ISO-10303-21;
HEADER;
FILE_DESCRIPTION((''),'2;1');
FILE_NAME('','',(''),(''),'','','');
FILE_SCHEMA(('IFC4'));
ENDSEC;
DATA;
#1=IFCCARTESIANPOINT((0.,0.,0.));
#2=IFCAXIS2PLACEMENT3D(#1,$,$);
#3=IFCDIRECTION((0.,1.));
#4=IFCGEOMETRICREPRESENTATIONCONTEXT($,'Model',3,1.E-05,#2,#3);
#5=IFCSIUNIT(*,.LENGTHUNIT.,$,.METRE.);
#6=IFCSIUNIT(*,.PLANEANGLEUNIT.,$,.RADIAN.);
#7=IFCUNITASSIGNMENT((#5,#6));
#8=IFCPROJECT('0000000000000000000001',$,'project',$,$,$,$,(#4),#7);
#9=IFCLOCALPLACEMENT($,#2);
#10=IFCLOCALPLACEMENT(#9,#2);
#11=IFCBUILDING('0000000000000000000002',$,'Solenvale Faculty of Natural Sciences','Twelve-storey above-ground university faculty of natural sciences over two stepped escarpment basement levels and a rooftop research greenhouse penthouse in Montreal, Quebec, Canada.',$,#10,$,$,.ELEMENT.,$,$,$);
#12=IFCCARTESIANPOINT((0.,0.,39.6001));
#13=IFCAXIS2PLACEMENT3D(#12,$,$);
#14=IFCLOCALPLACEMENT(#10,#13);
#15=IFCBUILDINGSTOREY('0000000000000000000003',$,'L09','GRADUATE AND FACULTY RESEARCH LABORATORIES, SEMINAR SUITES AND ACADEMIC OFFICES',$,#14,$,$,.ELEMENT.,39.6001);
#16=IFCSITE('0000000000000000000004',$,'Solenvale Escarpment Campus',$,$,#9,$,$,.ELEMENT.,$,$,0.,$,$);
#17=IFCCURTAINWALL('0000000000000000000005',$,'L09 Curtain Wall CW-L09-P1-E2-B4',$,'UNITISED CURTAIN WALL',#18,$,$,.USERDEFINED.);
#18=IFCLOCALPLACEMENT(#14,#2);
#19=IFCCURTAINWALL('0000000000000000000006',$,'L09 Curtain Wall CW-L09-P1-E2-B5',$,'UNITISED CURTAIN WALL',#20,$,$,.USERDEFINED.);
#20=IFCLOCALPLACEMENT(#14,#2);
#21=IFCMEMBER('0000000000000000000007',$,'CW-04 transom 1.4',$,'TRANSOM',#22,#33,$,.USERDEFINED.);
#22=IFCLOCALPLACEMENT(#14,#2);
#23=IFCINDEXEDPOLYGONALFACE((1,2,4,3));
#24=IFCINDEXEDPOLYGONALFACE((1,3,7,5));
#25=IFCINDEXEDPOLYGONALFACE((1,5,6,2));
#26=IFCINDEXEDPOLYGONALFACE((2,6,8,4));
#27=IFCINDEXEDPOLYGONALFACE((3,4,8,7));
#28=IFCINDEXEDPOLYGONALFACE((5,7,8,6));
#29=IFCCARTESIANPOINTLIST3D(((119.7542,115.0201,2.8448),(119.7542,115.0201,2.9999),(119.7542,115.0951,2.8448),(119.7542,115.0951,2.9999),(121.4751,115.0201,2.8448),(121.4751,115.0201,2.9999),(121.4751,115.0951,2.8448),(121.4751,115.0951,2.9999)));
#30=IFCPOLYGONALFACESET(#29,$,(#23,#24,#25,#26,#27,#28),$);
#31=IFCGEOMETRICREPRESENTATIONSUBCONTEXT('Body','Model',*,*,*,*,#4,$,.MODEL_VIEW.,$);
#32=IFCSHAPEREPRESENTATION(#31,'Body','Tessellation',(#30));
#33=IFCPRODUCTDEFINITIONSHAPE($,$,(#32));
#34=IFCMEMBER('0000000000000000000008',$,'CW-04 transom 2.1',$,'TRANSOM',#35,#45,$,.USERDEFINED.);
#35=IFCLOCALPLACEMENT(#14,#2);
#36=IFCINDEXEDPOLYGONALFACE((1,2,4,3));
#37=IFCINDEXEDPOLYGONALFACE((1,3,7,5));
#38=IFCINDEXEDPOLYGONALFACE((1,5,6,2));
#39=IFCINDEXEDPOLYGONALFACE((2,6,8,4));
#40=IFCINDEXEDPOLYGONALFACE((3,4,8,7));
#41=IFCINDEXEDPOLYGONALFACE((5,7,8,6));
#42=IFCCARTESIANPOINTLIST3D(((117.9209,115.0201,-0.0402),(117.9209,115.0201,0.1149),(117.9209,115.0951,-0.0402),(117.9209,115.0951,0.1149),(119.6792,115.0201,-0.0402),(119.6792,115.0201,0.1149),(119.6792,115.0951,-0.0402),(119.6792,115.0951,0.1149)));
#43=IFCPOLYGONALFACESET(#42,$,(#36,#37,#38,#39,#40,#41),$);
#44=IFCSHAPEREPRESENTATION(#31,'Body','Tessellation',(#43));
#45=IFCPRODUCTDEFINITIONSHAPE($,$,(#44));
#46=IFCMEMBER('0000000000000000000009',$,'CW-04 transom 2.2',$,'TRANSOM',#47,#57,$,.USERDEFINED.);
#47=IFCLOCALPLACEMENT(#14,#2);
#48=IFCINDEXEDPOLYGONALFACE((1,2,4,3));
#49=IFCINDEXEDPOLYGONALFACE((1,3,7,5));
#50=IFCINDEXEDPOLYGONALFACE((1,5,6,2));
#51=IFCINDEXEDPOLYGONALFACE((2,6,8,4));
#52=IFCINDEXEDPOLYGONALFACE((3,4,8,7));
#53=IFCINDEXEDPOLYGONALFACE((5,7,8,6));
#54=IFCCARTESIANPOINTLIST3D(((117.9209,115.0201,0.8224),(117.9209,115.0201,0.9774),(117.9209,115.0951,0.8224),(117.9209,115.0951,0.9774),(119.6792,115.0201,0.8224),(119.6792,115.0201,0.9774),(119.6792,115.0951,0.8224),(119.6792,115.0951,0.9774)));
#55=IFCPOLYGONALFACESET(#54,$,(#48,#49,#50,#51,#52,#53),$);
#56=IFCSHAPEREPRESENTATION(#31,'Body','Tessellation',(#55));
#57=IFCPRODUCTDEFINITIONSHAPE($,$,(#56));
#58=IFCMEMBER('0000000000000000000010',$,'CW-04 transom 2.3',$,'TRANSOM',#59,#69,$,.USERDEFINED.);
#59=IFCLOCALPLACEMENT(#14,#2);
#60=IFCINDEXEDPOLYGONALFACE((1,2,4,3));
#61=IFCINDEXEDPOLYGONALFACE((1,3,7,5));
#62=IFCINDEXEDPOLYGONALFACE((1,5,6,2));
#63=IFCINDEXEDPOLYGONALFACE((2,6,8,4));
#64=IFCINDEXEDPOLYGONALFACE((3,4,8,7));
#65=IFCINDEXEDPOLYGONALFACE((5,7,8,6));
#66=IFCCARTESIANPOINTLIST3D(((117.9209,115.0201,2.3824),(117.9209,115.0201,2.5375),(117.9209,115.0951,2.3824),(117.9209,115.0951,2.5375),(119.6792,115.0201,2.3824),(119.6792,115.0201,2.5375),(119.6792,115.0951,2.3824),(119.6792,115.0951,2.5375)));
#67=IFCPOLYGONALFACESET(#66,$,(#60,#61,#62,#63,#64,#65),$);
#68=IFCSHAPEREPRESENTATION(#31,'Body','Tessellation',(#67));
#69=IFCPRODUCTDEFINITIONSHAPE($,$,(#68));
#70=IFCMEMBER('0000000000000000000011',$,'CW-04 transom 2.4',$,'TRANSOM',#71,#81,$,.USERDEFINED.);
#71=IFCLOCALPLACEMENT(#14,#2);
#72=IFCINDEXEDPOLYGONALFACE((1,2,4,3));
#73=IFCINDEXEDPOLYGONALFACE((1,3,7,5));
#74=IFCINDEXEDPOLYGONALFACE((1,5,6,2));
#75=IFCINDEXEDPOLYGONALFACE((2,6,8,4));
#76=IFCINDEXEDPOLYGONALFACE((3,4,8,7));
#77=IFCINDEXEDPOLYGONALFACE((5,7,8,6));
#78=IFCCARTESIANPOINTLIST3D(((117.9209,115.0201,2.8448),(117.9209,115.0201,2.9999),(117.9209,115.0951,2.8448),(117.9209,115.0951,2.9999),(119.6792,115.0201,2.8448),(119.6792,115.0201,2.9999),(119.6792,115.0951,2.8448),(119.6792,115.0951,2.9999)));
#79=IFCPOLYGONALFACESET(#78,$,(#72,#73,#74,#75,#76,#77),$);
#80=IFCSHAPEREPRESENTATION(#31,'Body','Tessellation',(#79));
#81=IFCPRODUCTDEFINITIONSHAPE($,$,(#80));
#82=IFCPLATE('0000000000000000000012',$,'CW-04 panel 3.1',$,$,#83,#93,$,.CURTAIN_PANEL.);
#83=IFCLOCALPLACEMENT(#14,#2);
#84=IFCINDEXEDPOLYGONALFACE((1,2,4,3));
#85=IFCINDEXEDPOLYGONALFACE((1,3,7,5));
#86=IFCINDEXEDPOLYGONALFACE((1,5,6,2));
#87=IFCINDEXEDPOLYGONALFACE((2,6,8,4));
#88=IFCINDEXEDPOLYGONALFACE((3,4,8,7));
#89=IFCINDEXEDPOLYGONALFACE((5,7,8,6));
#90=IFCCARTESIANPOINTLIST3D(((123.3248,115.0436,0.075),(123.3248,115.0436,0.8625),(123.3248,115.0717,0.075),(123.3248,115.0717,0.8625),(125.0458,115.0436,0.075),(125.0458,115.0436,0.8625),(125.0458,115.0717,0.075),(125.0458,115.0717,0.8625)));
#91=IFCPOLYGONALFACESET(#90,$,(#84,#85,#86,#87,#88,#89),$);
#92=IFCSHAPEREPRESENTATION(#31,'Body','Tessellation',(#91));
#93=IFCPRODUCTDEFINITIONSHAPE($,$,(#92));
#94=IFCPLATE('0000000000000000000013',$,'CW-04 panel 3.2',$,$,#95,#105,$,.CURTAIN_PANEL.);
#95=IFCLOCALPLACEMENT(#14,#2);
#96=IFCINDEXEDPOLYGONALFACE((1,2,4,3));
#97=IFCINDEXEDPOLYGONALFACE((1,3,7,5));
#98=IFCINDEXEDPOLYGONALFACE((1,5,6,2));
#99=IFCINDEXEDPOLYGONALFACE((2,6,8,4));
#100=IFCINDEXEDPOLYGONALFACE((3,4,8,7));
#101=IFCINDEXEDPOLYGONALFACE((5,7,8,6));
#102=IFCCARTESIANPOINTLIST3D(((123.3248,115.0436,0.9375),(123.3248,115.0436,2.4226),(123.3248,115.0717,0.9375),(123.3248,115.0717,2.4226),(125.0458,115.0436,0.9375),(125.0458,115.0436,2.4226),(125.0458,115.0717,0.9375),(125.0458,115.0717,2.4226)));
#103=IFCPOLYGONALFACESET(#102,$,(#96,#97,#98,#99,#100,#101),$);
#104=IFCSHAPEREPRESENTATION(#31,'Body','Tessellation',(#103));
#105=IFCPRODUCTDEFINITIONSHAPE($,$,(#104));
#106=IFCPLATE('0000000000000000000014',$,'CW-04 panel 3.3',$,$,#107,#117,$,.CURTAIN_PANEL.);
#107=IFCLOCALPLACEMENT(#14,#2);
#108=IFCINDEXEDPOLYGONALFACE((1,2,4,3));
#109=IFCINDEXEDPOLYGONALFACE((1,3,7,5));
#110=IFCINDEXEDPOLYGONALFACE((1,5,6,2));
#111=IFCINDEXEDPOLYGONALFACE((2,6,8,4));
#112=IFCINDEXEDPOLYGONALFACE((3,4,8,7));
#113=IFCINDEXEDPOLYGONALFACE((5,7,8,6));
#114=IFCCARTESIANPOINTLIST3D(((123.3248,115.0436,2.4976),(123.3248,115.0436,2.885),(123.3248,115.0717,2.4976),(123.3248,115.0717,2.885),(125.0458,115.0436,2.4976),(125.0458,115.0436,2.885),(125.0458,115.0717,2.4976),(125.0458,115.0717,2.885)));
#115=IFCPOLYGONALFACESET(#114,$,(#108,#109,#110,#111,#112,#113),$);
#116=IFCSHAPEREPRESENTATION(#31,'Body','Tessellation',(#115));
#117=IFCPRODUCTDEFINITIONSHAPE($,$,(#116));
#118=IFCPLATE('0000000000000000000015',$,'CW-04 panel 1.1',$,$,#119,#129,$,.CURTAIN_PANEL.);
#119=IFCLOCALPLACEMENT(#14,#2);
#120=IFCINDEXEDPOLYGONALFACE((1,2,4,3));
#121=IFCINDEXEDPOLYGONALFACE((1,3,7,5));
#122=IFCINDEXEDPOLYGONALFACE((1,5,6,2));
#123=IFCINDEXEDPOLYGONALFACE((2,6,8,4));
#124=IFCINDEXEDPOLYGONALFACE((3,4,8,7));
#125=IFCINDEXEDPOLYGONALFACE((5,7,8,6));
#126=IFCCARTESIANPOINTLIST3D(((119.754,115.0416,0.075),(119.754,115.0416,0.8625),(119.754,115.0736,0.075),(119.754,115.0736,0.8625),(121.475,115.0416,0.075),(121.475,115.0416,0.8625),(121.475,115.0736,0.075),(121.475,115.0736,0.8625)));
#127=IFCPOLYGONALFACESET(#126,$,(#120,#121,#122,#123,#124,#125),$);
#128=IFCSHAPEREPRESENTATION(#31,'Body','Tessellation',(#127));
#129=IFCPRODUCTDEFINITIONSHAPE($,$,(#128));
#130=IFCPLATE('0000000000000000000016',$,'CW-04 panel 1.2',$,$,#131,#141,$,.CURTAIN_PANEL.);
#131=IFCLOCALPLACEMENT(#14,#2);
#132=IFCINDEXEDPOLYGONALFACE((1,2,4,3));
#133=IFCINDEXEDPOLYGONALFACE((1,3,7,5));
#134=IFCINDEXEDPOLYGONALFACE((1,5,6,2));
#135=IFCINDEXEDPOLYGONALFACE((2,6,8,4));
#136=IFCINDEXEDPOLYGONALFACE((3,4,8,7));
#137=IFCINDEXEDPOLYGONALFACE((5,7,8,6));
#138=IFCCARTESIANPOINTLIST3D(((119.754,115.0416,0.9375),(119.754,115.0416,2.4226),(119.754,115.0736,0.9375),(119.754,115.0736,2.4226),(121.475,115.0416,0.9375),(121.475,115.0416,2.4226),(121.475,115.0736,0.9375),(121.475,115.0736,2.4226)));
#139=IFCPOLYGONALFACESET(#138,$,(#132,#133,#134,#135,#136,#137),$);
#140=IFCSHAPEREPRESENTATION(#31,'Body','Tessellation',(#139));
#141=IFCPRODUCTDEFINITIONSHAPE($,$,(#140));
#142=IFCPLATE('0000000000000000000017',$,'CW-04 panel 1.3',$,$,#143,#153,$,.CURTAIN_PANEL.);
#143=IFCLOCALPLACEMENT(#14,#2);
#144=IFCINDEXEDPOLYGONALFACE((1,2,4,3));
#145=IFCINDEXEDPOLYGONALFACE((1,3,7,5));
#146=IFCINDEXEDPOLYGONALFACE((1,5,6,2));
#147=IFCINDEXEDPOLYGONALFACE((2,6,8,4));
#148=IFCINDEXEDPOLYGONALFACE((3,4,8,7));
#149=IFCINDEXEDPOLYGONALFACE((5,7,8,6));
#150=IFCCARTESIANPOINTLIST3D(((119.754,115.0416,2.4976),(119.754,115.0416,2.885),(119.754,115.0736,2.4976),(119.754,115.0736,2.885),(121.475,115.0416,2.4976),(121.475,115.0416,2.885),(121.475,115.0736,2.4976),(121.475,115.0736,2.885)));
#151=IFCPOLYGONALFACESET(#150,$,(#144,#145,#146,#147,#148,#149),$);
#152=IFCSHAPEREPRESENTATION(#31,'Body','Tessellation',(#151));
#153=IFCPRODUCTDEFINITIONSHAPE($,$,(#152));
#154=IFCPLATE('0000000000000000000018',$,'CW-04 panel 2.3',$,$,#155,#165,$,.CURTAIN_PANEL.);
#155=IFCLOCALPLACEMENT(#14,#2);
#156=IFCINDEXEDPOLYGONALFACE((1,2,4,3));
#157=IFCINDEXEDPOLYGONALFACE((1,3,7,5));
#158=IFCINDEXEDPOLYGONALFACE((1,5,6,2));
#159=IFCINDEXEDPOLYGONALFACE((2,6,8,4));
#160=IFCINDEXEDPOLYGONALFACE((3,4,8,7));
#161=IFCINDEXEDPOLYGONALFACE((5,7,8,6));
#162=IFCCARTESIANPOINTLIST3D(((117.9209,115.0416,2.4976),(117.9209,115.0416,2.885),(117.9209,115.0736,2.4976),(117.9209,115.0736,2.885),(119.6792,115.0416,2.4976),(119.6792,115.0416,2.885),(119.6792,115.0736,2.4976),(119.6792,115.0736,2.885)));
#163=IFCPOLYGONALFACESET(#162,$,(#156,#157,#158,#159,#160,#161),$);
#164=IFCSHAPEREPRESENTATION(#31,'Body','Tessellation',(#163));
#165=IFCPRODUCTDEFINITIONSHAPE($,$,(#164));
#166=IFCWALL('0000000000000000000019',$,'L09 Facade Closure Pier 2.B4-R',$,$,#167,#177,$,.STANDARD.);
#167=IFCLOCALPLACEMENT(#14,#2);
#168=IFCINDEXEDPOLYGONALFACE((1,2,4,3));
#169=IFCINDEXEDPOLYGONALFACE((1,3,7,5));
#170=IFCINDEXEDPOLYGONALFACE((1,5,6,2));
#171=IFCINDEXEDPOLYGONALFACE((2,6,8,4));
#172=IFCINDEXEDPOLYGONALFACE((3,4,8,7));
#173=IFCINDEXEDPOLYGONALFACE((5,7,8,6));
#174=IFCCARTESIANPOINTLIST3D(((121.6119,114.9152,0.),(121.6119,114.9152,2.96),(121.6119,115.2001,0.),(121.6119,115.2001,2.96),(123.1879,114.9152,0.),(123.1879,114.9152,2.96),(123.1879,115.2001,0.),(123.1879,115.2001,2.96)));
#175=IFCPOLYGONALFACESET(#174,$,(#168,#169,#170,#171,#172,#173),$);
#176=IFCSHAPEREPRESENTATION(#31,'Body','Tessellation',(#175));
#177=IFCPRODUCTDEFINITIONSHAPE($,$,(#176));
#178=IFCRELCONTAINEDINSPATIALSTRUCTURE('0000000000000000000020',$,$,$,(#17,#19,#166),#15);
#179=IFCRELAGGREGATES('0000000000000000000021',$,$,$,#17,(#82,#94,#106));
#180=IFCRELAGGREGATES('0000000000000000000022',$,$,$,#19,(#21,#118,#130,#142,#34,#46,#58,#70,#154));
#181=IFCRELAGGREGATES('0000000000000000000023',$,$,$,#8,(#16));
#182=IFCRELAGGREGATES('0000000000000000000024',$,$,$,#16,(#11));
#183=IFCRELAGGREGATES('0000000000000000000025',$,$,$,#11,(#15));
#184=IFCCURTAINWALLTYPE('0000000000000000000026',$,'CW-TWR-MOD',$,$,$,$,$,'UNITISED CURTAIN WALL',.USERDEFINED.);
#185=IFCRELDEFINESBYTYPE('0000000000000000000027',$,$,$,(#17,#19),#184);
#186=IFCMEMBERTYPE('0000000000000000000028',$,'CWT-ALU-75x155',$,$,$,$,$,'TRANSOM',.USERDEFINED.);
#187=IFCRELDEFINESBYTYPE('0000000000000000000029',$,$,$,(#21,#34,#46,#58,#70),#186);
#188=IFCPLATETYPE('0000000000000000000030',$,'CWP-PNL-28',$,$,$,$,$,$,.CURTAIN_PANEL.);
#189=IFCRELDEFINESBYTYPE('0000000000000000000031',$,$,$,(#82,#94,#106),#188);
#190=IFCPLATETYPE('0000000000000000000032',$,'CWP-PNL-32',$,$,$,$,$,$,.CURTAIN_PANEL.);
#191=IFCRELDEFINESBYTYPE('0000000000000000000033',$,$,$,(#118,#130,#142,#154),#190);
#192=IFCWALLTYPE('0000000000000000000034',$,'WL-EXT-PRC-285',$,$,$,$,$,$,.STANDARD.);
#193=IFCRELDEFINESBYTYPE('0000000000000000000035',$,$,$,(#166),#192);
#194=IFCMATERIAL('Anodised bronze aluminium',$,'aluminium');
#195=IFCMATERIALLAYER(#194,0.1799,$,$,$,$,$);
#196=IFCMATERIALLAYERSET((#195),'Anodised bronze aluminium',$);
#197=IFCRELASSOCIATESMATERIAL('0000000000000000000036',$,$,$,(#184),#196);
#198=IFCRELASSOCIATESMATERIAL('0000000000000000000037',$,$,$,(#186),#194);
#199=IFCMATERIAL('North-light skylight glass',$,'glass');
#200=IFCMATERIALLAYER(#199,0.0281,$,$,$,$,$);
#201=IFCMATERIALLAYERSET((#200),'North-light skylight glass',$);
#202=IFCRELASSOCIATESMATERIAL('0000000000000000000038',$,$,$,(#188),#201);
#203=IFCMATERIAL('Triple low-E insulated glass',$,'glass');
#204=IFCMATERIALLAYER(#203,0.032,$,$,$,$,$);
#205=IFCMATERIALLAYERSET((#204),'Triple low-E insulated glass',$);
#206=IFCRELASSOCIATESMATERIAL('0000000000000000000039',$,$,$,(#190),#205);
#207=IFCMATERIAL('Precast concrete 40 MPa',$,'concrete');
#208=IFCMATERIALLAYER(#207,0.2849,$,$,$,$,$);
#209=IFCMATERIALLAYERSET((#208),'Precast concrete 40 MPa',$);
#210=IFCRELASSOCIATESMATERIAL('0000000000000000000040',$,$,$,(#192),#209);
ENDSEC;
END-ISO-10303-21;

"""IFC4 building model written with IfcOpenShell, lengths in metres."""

from ifc_helpers import new_model, si_unit, direction, frame, frame_2d, origin, origin_2d, place, context, subcontext, project, spatial, rectangle, extrude, material, layer, layer_set, material_profile, profile_set, type_object, element, aggregate, save


model = new_model("IFC4")

# Units and contexts
model_context = context("Model", 3, precision=1e-05, world=origin(), true_north=direction((0.0, 1.0)))
body_context = subcontext(model_context, "Body", "Model", "MODEL_VIEW")
ifc_project = project(units=[si_unit("LENGTHUNIT", "METRE"), si_unit("PLANEANGLEUNIT", "RADIAN")], contexts=[model_context])

# Site, building, storey
site_placement = place(None, origin())
site = spatial("IfcSite", under=ifc_project, at=site_placement, Name="Solenvale Escarpment Campus", CompositionType="ELEMENT", RefElevation=0.0)
building_placement = place(site_placement, origin())
building = spatial("IfcBuilding", under=site, at=building_placement, Name="Solenvale Faculty of Natural Sciences", Description="Twelve-storey above-ground university faculty of natural sciences over two stepped escarpment basement levels and a rooftop research greenhouse penthouse in Montreal, Quebec, Canada.", CompositionType="ELEMENT")
storey_placement = place(building_placement, frame((0.0, 0.0, 39.6001)))
storey = spatial("IfcBuildingStorey", under=building, at=storey_placement, Name="L09", Description="GRADUATE AND FACULTY RESEARCH LABORATORIES, SEMINAR SUITES AND ACADEMIC OFFICES", CompositionType="ELEMENT", Elevation=39.6001)

# Shared definitions
ifc_material_1 = material(Name="Precast concrete 40 MPa", Category="concrete")

# Curtain walls
ifc_material_2 = material(Name="Anodised bronze aluminium", Category="aluminium")
ifc_layer_1 = layer(ifc_material_2, 0.1799)
ifc_layer_set_1 = layer_set([ifc_layer_1], Name="Anodised bronze aluminium")
curtain_wall_type = type_object("IfcCurtainWallType", Name="CW-TWR-MOD", ElementType="UNITISED CURTAIN WALL", PredefinedType="USERDEFINED", material=ifc_layer_set_1)
curtain_wall_1_placement = place(storey_placement, origin())
curtain_wall_1 = element("IfcCurtainWall", 1, at=curtain_wall_1_placement, inside=storey, type_object=curtain_wall_type, Name="L09 Curtain Wall CW-L09-P1-E2-B4", ObjectType="UNITISED CURTAIN WALL", PredefinedType="USERDEFINED")
curtain_wall_2_placement = place(storey_placement, origin())
curtain_wall_2 = element("IfcCurtainWall", 2, at=curtain_wall_2_placement, inside=storey, type_object=curtain_wall_type, Name="L09 Curtain Wall CW-L09-P1-E2-B5", ObjectType="UNITISED CURTAIN WALL", PredefinedType="USERDEFINED")

# Members
ifc_material_profile_1 = material_profile(ifc_material_2, rectangle(XDim=0.075, YDim=0.155, at=origin_2d()), Name="ALU-TRN-75x155")
ifc_profile_set_1 = profile_set([ifc_material_profile_1], Name="Anodised bronze aluminium")
member_type_1 = type_object("IfcMemberType", Name="CWT-ALU-75x155", ElementType="TRANSOM", PredefinedType="USERDEFINED", material=ifc_profile_set_1)
member_1_placement = place(storey_placement, frame((121.4751, 115.0576, 2.9224), z_axis=(-1.0, 0.0, 0.0), x_axis=(0.0, -1.0, 0.0)))
member_1 = element("IfcMember", 3, at=member_1_placement, type_object=member_type_1, Name="CW-04 transom 1.4", ObjectType="TRANSOM", PredefinedType="USERDEFINED", context=body_context, shape_type="SweptSolid", body=[
    extrude(rectangle(XDim=0.075, YDim=0.155, at=origin_2d()), origin(), (0.0, 0.0, 1.0), 1.7209),
])
member_2_placement = place(storey_placement, frame((119.6792, 115.0576, 0.0374), z_axis=(-1.0, 0.0, 0.0), x_axis=(0.0, -1.0, 0.0)))
member_2 = element("IfcMember", 4, at=member_2_placement, type_object=member_type_1, Name="CW-04 transom 2.1", ObjectType="TRANSOM", PredefinedType="USERDEFINED", context=body_context, shape_type="SweptSolid", body=[
    extrude(rectangle(XDim=0.075, YDim=0.155, at=origin_2d()), origin(), (0.0, 0.0, 1.0), 1.7583),
])
member_3_placement = place(storey_placement, frame((119.6792, 115.0576, 0.8999), z_axis=(-1.0, 0.0, 0.0), x_axis=(0.0, -1.0, 0.0)))
member_3 = element("IfcMember", 5, at=member_3_placement, type_object=member_type_1, Name="CW-04 transom 2.2", ObjectType="TRANSOM", PredefinedType="USERDEFINED", context=body_context, shape_type="SweptSolid", body=[
    extrude(rectangle(XDim=0.075, YDim=0.155, at=origin_2d()), origin(), (0.0, 0.0, 1.0), 1.7583),
])
member_4_placement = place(storey_placement, frame((119.6792, 115.0576, 2.46), z_axis=(-1.0, 0.0, 0.0), x_axis=(0.0, -1.0, 0.0)))
member_4 = element("IfcMember", 6, at=member_4_placement, type_object=member_type_1, Name="CW-04 transom 2.3", ObjectType="TRANSOM", PredefinedType="USERDEFINED", context=body_context, shape_type="SweptSolid", body=[
    extrude(rectangle(XDim=0.075, YDim=0.155, at=origin_2d()), origin(), (0.0, 0.0, 1.0), 1.7583),
])
member_5_placement = place(storey_placement, frame((119.6792, 115.0576, 2.9224), z_axis=(-1.0, 0.0, 0.0), x_axis=(0.0, -1.0, 0.0)))
member_5 = element("IfcMember", 7, at=member_5_placement, type_object=member_type_1, Name="CW-04 transom 2.4", ObjectType="TRANSOM", PredefinedType="USERDEFINED", context=body_context, shape_type="SweptSolid", body=[
    extrude(rectangle(XDim=0.075, YDim=0.155, at=origin_2d()), origin(), (0.0, 0.0, 1.0), 1.7583),
])

# Plates
ifc_material_3 = material(Name="North-light skylight glass", Category="glass")
ifc_layer_2 = layer(ifc_material_3, 0.0281)
ifc_layer_set_2 = layer_set([ifc_layer_2], Name="North-light skylight glass")
plate_type_1 = type_object("IfcPlateType", Name="CWP-PNL-28", PredefinedType="CURTAIN_PANEL", material=ifc_layer_set_2)
plate_1_placement = place(storey_placement, frame((124.1853, 115.0576, 0.075), z_axis=(0.0, 0.0, 1.0), x_axis=(-1.0, 0.0, 0.0)))
plate_1 = element("IfcPlate", 8, at=plate_1_placement, type_object=plate_type_1, Name="CW-04 panel 3.1", PredefinedType="CURTAIN_PANEL", context=body_context, shape_type="SweptSolid", body=[
    extrude(rectangle(XDim=1.7209, YDim=0.0281, at=origin_2d()), origin(), (0.0, 0.0, 1.0), 0.7876),
])
plate_2_placement = place(storey_placement, frame((124.1853, 115.0576, 0.9375), z_axis=(0.0, 0.0, 1.0), x_axis=(-1.0, 0.0, 0.0)))
plate_2 = element("IfcPlate", 9, at=plate_2_placement, type_object=plate_type_1, Name="CW-04 panel 3.2", PredefinedType="CURTAIN_PANEL", context=body_context, shape_type="SweptSolid", body=[
    extrude(rectangle(XDim=1.7209, YDim=0.0281, at=origin_2d()), origin(), (0.0, 0.0, 1.0), 1.4851),
])
plate_3_placement = place(storey_placement, frame((124.1853, 115.0576, 2.4976), z_axis=(0.0, 0.0, 1.0), x_axis=(-1.0, 0.0, 0.0)))
plate_3 = element("IfcPlate", 10, at=plate_3_placement, type_object=plate_type_1, Name="CW-04 panel 3.3", PredefinedType="CURTAIN_PANEL", context=body_context, shape_type="SweptSolid", body=[
    extrude(rectangle(XDim=1.7209, YDim=0.0281, at=origin_2d()), origin(), (0.0, 0.0, 1.0), 0.3875),
])
aggregate(curtain_wall_1, [plate_1, plate_2, plate_3])
ifc_material_4 = material(Name="Triple low-E insulated glass", Category="glass")
ifc_layer_3 = layer(ifc_material_4, 0.032)
ifc_layer_set_3 = layer_set([ifc_layer_3], Name="Triple low-E insulated glass")
plate_type_2 = type_object("IfcPlateType", Name="CWP-PNL-32", PredefinedType="CURTAIN_PANEL", material=ifc_layer_set_3)
plate_4_placement = place(storey_placement, frame((120.6145, 115.0576, 0.075), z_axis=(0.0, 0.0, 1.0), x_axis=(-1.0, 0.0, 0.0)))
plate_4 = element("IfcPlate", 11, at=plate_4_placement, type_object=plate_type_2, Name="CW-04 panel 1.1", PredefinedType="CURTAIN_PANEL", context=body_context, shape_type="SweptSolid", body=[
    extrude(rectangle(XDim=1.7209, YDim=0.032, at=origin_2d()), origin(), (0.0, 0.0, 1.0), 0.7876),
])
plate_5_placement = place(storey_placement, frame((120.6145, 115.0576, 0.9375), z_axis=(0.0, 0.0, 1.0), x_axis=(-1.0, 0.0, 0.0)))
plate_5 = element("IfcPlate", 12, at=plate_5_placement, type_object=plate_type_2, Name="CW-04 panel 1.2", PredefinedType="CURTAIN_PANEL", context=body_context, shape_type="SweptSolid", body=[
    extrude(rectangle(XDim=1.7209, YDim=0.032, at=origin_2d()), origin(), (0.0, 0.0, 1.0), 1.4851),
])
plate_6_placement = place(storey_placement, frame((120.6145, 115.0576, 2.4976), z_axis=(0.0, 0.0, 1.0), x_axis=(-1.0, 0.0, 0.0)))
plate_6 = element("IfcPlate", 13, at=plate_6_placement, type_object=plate_type_2, Name="CW-04 panel 1.3", PredefinedType="CURTAIN_PANEL", context=body_context, shape_type="SweptSolid", body=[
    extrude(rectangle(XDim=1.7209, YDim=0.032, at=origin_2d()), origin(), (0.0, 0.0, 1.0), 0.3875),
])
plate_7_placement = place(storey_placement, frame((118.8, 115.0576, 2.4976), z_axis=(0.0, 0.0, 1.0), x_axis=(-1.0, 0.0, 0.0)))
plate_7 = element("IfcPlate", 14, at=plate_7_placement, type_object=plate_type_2, Name="CW-04 panel 2.3", PredefinedType="CURTAIN_PANEL", context=body_context, shape_type="SweptSolid", body=[
    extrude(rectangle(XDim=1.7583, YDim=0.032, at=origin_2d()), origin(), (0.0, 0.0, 1.0), 0.3875),
])
aggregate(curtain_wall_2, [member_1, plate_4, plate_5, plate_6, member_2, member_3, member_4, member_5, plate_7])

# Wall
ifc_layer_4 = layer(ifc_material_1, 0.2849)
ifc_layer_set_4 = layer_set([ifc_layer_4], Name="Precast concrete 40 MPa")
wall_type = type_object("IfcWallType", Name="WL-EXT-PRC-285", PredefinedType="STANDARD", material=ifc_layer_set_4)
wall_placement = place(storey_placement, frame((123.188, 115.0576, 0.0), z_axis=(0.0, 0.0, 1.0), x_axis=(-1.0, 0.0, 0.0)))
element("IfcWall", 15, at=wall_placement, inside=storey, type_object=wall_type, Name="L09 Facade Closure Pier 2.B4-R", PredefinedType="STANDARD", context=body_context, shape_type="SweptSolid", body=[
    extrude(rectangle(XDim=1.5759, YDim=0.2849, at=frame_2d((0.7881, 0.0))), origin(), (0.0, 0.0, 1.0), 2.96),
])

save(model, "model.ifc")
